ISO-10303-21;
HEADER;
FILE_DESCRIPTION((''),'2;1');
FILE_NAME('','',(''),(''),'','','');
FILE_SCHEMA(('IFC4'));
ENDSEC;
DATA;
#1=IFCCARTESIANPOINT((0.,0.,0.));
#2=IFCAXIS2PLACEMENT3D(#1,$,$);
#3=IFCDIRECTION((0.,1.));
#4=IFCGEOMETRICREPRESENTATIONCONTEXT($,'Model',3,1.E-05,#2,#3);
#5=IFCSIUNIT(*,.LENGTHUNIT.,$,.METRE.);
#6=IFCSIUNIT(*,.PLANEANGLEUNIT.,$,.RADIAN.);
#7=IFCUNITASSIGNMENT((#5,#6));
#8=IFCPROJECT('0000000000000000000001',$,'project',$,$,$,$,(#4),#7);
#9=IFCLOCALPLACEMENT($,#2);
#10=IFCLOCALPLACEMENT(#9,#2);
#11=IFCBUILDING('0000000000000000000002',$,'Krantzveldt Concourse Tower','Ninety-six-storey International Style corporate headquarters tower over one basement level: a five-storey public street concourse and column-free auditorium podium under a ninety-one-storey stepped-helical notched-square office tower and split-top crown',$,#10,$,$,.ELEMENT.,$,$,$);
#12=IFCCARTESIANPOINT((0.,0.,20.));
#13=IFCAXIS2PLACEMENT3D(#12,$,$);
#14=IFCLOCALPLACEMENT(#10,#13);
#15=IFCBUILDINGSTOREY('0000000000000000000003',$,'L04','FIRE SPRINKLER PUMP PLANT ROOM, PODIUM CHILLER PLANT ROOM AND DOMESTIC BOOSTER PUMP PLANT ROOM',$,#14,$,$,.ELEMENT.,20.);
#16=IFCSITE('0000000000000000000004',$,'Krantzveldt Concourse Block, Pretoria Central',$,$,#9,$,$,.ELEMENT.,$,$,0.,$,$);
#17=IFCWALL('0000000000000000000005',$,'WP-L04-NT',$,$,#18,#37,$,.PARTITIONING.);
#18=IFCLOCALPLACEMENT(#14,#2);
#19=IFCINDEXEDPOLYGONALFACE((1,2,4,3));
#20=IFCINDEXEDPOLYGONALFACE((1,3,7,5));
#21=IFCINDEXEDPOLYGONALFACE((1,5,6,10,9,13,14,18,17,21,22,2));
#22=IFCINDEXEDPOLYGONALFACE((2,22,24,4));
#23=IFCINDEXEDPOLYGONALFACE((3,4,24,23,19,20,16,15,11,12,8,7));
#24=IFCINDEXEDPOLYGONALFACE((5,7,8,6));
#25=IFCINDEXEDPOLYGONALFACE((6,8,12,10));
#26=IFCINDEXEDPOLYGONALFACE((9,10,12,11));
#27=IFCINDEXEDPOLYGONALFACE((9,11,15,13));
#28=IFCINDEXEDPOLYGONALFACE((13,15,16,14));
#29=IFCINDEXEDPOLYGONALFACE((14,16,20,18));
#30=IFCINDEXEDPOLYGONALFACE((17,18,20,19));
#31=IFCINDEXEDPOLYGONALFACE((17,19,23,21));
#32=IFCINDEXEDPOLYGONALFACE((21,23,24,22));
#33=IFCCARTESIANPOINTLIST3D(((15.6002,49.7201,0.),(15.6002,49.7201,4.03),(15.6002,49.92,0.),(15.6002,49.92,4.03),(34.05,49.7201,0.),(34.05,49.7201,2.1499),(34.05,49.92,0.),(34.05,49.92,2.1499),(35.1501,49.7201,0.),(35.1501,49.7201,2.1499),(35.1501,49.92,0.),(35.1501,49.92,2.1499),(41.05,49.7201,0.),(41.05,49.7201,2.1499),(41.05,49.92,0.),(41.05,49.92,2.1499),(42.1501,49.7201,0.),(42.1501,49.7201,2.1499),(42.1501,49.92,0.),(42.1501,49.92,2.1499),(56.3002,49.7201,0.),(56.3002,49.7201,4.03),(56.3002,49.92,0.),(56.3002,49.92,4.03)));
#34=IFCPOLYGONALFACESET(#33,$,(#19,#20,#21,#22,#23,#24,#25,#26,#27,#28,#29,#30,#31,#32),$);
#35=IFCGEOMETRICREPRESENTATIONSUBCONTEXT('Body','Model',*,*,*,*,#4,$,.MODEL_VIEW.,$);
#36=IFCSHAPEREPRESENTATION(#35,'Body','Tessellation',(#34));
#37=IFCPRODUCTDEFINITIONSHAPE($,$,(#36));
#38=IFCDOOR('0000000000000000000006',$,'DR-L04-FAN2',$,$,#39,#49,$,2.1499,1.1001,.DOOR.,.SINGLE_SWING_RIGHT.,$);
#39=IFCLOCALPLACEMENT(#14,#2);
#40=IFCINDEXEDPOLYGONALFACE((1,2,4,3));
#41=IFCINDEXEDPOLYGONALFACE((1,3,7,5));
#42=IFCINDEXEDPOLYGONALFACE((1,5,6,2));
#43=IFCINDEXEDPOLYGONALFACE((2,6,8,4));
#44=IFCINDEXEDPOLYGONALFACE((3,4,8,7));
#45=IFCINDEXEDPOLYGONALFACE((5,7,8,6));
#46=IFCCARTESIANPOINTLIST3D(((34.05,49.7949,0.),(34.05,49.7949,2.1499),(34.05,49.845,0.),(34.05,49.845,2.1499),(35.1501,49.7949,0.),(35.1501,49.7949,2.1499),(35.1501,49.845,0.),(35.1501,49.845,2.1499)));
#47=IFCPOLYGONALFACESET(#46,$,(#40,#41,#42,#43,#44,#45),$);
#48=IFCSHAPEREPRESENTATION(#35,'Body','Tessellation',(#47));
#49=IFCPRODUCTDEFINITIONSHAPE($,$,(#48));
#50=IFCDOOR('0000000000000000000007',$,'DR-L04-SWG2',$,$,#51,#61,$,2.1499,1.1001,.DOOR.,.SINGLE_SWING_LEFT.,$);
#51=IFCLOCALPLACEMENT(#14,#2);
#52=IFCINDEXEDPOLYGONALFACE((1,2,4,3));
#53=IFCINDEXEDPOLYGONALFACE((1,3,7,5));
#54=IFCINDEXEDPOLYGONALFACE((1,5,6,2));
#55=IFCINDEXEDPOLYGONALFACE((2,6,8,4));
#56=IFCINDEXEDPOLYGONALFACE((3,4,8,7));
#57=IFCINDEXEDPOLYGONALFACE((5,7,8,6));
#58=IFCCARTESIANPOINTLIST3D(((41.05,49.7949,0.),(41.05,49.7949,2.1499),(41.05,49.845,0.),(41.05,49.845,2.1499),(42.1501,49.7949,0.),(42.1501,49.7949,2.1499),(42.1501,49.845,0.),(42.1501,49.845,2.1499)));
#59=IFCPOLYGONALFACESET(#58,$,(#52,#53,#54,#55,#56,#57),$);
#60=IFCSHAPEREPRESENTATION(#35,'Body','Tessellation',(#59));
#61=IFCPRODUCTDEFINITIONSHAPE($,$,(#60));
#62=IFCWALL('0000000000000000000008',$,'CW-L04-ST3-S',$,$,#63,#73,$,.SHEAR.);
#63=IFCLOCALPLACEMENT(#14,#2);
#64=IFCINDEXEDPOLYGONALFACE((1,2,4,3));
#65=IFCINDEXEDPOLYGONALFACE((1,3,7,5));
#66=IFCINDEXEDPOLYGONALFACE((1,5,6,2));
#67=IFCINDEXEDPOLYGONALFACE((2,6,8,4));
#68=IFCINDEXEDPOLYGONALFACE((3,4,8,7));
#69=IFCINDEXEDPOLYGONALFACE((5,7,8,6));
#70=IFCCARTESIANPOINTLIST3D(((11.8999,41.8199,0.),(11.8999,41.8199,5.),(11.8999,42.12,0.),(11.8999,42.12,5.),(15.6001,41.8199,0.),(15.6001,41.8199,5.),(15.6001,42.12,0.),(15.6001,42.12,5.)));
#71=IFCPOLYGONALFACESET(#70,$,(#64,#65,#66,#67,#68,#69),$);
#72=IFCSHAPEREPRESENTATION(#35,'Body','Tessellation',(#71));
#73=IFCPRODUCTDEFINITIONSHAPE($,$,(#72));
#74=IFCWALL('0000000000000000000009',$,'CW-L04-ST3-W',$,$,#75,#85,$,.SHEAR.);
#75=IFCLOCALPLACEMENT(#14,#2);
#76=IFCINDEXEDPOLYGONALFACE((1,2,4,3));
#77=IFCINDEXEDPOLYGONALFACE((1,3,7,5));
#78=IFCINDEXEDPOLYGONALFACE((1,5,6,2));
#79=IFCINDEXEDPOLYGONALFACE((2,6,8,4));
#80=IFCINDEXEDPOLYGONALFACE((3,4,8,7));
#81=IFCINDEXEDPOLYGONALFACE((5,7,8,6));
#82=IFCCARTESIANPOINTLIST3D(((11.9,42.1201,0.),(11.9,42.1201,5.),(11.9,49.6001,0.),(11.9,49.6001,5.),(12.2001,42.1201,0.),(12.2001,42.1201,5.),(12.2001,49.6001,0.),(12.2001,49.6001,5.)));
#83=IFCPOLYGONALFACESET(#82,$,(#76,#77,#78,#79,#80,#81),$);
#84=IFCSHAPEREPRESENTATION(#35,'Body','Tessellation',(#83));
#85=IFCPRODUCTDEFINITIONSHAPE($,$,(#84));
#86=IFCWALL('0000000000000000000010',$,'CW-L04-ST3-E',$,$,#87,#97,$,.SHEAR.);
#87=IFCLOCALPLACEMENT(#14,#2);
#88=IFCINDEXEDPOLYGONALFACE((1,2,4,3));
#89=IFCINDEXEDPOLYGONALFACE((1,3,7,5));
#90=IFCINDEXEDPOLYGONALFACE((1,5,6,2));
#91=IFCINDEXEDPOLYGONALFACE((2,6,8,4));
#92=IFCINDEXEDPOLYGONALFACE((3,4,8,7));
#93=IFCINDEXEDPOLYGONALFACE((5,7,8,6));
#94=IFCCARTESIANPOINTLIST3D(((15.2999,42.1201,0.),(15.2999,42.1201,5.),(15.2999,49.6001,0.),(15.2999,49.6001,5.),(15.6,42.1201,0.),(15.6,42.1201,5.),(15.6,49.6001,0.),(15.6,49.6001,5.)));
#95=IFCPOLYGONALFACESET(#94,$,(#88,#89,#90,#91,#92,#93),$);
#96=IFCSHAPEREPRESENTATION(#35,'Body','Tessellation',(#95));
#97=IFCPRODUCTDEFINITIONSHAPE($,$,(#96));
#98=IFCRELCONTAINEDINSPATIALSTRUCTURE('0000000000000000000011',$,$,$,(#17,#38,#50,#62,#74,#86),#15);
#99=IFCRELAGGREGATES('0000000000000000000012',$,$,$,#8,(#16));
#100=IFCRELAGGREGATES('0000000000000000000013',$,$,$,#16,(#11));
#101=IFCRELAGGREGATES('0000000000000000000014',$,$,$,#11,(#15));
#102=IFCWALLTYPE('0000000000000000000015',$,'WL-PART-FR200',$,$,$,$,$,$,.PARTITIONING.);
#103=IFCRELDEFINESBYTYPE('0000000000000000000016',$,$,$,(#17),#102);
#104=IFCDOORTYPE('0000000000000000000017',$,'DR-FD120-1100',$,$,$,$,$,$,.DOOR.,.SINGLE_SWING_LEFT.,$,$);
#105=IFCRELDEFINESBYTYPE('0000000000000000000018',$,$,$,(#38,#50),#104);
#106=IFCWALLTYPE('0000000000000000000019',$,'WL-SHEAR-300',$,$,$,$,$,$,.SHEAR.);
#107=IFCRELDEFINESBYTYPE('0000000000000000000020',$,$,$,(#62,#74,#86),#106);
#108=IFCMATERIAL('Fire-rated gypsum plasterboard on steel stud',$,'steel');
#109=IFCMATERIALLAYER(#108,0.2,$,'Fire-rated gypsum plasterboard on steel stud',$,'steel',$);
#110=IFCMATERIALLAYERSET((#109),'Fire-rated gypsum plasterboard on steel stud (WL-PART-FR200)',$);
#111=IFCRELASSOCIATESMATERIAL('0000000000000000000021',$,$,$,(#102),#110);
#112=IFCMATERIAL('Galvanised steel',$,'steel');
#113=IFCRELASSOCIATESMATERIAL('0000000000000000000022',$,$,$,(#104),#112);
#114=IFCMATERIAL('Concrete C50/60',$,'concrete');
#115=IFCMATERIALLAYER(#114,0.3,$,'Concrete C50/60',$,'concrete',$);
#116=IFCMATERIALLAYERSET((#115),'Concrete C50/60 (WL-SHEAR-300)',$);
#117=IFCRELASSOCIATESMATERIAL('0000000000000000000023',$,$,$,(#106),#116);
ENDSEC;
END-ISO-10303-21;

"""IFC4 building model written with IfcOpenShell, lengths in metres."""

from ifc_helpers import new_model, si_unit, direction, frame, frame_2d, origin, place, context, subcontext, project, spatial, rectangle, extrude, material, layer, layer_set, type_object, element, fill, save


model = new_model("IFC4")

# Units and contexts
model_context = context("Model", 3, precision=1e-05, world=origin(), true_north=direction((0.0, 1.0)))
body_context = subcontext(model_context, "Body", "Model", "MODEL_VIEW")
ifc_project = project(units=[si_unit("LENGTHUNIT", "METRE"), si_unit("PLANEANGLEUNIT", "RADIAN")], contexts=[model_context])

# Site, building, storey
site_placement = place(None, origin())
site = spatial("IfcSite", under=ifc_project, at=site_placement, Name="Krantzveldt Concourse Block, Pretoria Central", CompositionType="ELEMENT", RefElevation=0.0)
building_placement = place(site_placement, origin())
building = spatial("IfcBuilding", under=site, at=building_placement, Name="Krantzveldt Concourse Tower", Description="Ninety-six-storey International Style corporate headquarters tower over one basement level: a five-storey public street concourse and column-free auditorium podium under a ninety-one-storey stepped-helical notched-square office tower and split-top crown", CompositionType="ELEMENT")
storey_placement = place(building_placement, frame((0.0, 0.0, 20.0)))
storey = spatial("IfcBuildingStorey", under=building, at=storey_placement, Name="L04", Description="FIRE SPRINKLER PUMP PLANT ROOM, PODIUM CHILLER PLANT ROOM AND DOMESTIC BOOSTER PUMP PLANT ROOM", CompositionType="ELEMENT", Elevation=20.0)

# Shared definitions
ifc_material_1 = material(Name="Concrete C50/60", Category="concrete")

# Shared definitions
ifc_material_2 = material(Name="Fire-rated gypsum plasterboard on steel stud", Category="steel")

# Wall, openings, doors
ifc_layer_1 = layer(ifc_material_2, 0.2, Name="Fire-rated gypsum plasterboard on steel stud", Category="steel")
ifc_layer_set_1 = layer_set([ifc_layer_1], Name="Fire-rated gypsum plasterboard on steel stud (WL-PART-FR200)")
wall_type_1 = type_object("IfcWallType", Name="WL-PART-FR200", PredefinedType="PARTITIONING", material=ifc_layer_set_1)
wall_1_placement = place(storey_placement, frame((15.6001, 49.8201, 0.0), z_axis=(0.0, 0.0, 1.0), x_axis=(1.0, 0.0, 0.0)))
wall_1 = element("IfcWall", 1, at=wall_1_placement, inside=storey, type_object=wall_type_1, Name="WP-L04-NT", PredefinedType="PARTITIONING", context=body_context, shape_type="SweptSolid", body=[
    extrude(rectangle(XDim=40.7, YDim=0.2, at=frame_2d((20.3501, 0.0))), origin(), (0.0, 0.0, 1.0), 4.03),
])
opening_1_placement = place(wall_1_placement, frame((18.45, 0.0, 0.0)))
opening_1 = element("IfcOpeningElement", 2, at=opening_1_placement, cuts=wall_1, PredefinedType="OPENING", context=body_context, shape_type="SweptSolid", body=[
    extrude(rectangle(XDim=1.1001, YDim=2.1499, at=frame_2d((0.55, 1.075))), frame((0.0, 0.1099, 0.0), z_axis=(0.0, -1.0, 0.0), x_axis=(1.0, 0.0, 0.0)), (0.0, 0.0, 1.0), 0.22),
])
opening_2_placement = place(wall_1_placement, frame((25.45, 0.0, 0.0)))
opening_2 = element("IfcOpeningElement", 3, at=opening_2_placement, cuts=wall_1, PredefinedType="OPENING", context=body_context, shape_type="SweptSolid", body=[
    extrude(rectangle(XDim=1.1001, YDim=2.1499, at=frame_2d((0.55, 1.075))), frame((0.0, 0.1099, 0.0), z_axis=(0.0, -1.0, 0.0), x_axis=(1.0, 0.0, 0.0)), (0.0, 0.0, 1.0), 0.22),
])
ifc_material_3 = material(Name="Galvanised steel", Category="steel")
door_type = type_object("IfcDoorType", Name="DR-FD120-1100", OperationType="SINGLE_SWING_LEFT", PredefinedType="DOOR", material=ifc_material_3)
door_1_placement = place(opening_1_placement, origin())
door_1 = element("IfcDoor", 4, at=door_1_placement, inside=storey, type_object=door_type, Name="DR-L04-FAN2", OperationType="SINGLE_SWING_RIGHT", OverallHeight=2.1499, OverallWidth=1.1001, PredefinedType="DOOR", context=body_context, shape_type="SweptSolid", body=[
    extrude(rectangle(XDim=1.1001, YDim=2.1499, at=frame_2d((0.55, 1.075))), frame((0.0, 0.0249, 0.0), z_axis=(0.0, -1.0, 0.0), x_axis=(1.0, 0.0, 0.0)), (0.0, 0.0, 1.0), 0.05),
])
fill(opening_1, door_1)
door_2_placement = place(opening_2_placement, origin())
door_2 = element("IfcDoor", 5, at=door_2_placement, inside=storey, type_object=door_type, Name="DR-L04-SWG2", OperationType="SINGLE_SWING_LEFT", OverallHeight=2.1499, OverallWidth=1.1001, PredefinedType="DOOR", context=body_context, shape_type="SweptSolid", body=[
    extrude(rectangle(XDim=1.1001, YDim=2.1499, at=frame_2d((0.55, 1.075))), frame((0.0, 0.0249, 0.0), z_axis=(0.0, -1.0, 0.0), x_axis=(1.0, 0.0, 0.0)), (0.0, 0.0, 1.0), 0.05),
])
fill(opening_2, door_2)

# Wall
ifc_layer_2 = layer(ifc_material_1, 0.3, Name="Concrete C50/60", Category="concrete")
ifc_layer_set_2 = layer_set([ifc_layer_2], Name="Concrete C50/60 (WL-SHEAR-300)")
wall_type_2 = type_object("IfcWallType", Name="WL-SHEAR-300", PredefinedType="SHEAR", material=ifc_layer_set_2)
wall_2_placement = place(storey_placement, frame((11.8999, 41.97, 0.0), z_axis=(0.0, 0.0, 1.0), x_axis=(1.0, 0.0, 0.0)))
element("IfcWall", 6, at=wall_2_placement, inside=storey, type_object=wall_type_2, Name="CW-L04-ST3-S", PredefinedType="SHEAR", context=body_context, shape_type="SweptSolid", body=[
    extrude(rectangle(XDim=3.7002, YDim=0.3, at=frame_2d((1.8501, 0.0))), origin(), (0.0, 0.0, 1.0), 5.0),
])

# Walls
for number, where, z_axis, x_axis, name in (
    (7, (12.05, 42.1201, 0.0), (0.0, 0.0, 1.0), (0.0, 1.0, 0.0), "CW-L04-ST3-W"),
    (8, (15.45, 42.1201, 0.0), (0.0, 0.0, 1.0), (0.0, 1.0, 0.0), "CW-L04-ST3-E"),
):
    element("IfcWall", number, at=place(storey_placement, frame(where, z_axis=z_axis, x_axis=x_axis)), inside=storey, type_object=wall_type_2, Name=name, PredefinedType="SHEAR", context=body_context, shape_type="SweptSolid", body=[
        extrude(rectangle(XDim=7.48, YDim=0.3, at=frame_2d((3.74, 0.0))), origin(), (0.0, 0.0, 1.0), 5.0),
    ])

save(model, "model.ifc")
